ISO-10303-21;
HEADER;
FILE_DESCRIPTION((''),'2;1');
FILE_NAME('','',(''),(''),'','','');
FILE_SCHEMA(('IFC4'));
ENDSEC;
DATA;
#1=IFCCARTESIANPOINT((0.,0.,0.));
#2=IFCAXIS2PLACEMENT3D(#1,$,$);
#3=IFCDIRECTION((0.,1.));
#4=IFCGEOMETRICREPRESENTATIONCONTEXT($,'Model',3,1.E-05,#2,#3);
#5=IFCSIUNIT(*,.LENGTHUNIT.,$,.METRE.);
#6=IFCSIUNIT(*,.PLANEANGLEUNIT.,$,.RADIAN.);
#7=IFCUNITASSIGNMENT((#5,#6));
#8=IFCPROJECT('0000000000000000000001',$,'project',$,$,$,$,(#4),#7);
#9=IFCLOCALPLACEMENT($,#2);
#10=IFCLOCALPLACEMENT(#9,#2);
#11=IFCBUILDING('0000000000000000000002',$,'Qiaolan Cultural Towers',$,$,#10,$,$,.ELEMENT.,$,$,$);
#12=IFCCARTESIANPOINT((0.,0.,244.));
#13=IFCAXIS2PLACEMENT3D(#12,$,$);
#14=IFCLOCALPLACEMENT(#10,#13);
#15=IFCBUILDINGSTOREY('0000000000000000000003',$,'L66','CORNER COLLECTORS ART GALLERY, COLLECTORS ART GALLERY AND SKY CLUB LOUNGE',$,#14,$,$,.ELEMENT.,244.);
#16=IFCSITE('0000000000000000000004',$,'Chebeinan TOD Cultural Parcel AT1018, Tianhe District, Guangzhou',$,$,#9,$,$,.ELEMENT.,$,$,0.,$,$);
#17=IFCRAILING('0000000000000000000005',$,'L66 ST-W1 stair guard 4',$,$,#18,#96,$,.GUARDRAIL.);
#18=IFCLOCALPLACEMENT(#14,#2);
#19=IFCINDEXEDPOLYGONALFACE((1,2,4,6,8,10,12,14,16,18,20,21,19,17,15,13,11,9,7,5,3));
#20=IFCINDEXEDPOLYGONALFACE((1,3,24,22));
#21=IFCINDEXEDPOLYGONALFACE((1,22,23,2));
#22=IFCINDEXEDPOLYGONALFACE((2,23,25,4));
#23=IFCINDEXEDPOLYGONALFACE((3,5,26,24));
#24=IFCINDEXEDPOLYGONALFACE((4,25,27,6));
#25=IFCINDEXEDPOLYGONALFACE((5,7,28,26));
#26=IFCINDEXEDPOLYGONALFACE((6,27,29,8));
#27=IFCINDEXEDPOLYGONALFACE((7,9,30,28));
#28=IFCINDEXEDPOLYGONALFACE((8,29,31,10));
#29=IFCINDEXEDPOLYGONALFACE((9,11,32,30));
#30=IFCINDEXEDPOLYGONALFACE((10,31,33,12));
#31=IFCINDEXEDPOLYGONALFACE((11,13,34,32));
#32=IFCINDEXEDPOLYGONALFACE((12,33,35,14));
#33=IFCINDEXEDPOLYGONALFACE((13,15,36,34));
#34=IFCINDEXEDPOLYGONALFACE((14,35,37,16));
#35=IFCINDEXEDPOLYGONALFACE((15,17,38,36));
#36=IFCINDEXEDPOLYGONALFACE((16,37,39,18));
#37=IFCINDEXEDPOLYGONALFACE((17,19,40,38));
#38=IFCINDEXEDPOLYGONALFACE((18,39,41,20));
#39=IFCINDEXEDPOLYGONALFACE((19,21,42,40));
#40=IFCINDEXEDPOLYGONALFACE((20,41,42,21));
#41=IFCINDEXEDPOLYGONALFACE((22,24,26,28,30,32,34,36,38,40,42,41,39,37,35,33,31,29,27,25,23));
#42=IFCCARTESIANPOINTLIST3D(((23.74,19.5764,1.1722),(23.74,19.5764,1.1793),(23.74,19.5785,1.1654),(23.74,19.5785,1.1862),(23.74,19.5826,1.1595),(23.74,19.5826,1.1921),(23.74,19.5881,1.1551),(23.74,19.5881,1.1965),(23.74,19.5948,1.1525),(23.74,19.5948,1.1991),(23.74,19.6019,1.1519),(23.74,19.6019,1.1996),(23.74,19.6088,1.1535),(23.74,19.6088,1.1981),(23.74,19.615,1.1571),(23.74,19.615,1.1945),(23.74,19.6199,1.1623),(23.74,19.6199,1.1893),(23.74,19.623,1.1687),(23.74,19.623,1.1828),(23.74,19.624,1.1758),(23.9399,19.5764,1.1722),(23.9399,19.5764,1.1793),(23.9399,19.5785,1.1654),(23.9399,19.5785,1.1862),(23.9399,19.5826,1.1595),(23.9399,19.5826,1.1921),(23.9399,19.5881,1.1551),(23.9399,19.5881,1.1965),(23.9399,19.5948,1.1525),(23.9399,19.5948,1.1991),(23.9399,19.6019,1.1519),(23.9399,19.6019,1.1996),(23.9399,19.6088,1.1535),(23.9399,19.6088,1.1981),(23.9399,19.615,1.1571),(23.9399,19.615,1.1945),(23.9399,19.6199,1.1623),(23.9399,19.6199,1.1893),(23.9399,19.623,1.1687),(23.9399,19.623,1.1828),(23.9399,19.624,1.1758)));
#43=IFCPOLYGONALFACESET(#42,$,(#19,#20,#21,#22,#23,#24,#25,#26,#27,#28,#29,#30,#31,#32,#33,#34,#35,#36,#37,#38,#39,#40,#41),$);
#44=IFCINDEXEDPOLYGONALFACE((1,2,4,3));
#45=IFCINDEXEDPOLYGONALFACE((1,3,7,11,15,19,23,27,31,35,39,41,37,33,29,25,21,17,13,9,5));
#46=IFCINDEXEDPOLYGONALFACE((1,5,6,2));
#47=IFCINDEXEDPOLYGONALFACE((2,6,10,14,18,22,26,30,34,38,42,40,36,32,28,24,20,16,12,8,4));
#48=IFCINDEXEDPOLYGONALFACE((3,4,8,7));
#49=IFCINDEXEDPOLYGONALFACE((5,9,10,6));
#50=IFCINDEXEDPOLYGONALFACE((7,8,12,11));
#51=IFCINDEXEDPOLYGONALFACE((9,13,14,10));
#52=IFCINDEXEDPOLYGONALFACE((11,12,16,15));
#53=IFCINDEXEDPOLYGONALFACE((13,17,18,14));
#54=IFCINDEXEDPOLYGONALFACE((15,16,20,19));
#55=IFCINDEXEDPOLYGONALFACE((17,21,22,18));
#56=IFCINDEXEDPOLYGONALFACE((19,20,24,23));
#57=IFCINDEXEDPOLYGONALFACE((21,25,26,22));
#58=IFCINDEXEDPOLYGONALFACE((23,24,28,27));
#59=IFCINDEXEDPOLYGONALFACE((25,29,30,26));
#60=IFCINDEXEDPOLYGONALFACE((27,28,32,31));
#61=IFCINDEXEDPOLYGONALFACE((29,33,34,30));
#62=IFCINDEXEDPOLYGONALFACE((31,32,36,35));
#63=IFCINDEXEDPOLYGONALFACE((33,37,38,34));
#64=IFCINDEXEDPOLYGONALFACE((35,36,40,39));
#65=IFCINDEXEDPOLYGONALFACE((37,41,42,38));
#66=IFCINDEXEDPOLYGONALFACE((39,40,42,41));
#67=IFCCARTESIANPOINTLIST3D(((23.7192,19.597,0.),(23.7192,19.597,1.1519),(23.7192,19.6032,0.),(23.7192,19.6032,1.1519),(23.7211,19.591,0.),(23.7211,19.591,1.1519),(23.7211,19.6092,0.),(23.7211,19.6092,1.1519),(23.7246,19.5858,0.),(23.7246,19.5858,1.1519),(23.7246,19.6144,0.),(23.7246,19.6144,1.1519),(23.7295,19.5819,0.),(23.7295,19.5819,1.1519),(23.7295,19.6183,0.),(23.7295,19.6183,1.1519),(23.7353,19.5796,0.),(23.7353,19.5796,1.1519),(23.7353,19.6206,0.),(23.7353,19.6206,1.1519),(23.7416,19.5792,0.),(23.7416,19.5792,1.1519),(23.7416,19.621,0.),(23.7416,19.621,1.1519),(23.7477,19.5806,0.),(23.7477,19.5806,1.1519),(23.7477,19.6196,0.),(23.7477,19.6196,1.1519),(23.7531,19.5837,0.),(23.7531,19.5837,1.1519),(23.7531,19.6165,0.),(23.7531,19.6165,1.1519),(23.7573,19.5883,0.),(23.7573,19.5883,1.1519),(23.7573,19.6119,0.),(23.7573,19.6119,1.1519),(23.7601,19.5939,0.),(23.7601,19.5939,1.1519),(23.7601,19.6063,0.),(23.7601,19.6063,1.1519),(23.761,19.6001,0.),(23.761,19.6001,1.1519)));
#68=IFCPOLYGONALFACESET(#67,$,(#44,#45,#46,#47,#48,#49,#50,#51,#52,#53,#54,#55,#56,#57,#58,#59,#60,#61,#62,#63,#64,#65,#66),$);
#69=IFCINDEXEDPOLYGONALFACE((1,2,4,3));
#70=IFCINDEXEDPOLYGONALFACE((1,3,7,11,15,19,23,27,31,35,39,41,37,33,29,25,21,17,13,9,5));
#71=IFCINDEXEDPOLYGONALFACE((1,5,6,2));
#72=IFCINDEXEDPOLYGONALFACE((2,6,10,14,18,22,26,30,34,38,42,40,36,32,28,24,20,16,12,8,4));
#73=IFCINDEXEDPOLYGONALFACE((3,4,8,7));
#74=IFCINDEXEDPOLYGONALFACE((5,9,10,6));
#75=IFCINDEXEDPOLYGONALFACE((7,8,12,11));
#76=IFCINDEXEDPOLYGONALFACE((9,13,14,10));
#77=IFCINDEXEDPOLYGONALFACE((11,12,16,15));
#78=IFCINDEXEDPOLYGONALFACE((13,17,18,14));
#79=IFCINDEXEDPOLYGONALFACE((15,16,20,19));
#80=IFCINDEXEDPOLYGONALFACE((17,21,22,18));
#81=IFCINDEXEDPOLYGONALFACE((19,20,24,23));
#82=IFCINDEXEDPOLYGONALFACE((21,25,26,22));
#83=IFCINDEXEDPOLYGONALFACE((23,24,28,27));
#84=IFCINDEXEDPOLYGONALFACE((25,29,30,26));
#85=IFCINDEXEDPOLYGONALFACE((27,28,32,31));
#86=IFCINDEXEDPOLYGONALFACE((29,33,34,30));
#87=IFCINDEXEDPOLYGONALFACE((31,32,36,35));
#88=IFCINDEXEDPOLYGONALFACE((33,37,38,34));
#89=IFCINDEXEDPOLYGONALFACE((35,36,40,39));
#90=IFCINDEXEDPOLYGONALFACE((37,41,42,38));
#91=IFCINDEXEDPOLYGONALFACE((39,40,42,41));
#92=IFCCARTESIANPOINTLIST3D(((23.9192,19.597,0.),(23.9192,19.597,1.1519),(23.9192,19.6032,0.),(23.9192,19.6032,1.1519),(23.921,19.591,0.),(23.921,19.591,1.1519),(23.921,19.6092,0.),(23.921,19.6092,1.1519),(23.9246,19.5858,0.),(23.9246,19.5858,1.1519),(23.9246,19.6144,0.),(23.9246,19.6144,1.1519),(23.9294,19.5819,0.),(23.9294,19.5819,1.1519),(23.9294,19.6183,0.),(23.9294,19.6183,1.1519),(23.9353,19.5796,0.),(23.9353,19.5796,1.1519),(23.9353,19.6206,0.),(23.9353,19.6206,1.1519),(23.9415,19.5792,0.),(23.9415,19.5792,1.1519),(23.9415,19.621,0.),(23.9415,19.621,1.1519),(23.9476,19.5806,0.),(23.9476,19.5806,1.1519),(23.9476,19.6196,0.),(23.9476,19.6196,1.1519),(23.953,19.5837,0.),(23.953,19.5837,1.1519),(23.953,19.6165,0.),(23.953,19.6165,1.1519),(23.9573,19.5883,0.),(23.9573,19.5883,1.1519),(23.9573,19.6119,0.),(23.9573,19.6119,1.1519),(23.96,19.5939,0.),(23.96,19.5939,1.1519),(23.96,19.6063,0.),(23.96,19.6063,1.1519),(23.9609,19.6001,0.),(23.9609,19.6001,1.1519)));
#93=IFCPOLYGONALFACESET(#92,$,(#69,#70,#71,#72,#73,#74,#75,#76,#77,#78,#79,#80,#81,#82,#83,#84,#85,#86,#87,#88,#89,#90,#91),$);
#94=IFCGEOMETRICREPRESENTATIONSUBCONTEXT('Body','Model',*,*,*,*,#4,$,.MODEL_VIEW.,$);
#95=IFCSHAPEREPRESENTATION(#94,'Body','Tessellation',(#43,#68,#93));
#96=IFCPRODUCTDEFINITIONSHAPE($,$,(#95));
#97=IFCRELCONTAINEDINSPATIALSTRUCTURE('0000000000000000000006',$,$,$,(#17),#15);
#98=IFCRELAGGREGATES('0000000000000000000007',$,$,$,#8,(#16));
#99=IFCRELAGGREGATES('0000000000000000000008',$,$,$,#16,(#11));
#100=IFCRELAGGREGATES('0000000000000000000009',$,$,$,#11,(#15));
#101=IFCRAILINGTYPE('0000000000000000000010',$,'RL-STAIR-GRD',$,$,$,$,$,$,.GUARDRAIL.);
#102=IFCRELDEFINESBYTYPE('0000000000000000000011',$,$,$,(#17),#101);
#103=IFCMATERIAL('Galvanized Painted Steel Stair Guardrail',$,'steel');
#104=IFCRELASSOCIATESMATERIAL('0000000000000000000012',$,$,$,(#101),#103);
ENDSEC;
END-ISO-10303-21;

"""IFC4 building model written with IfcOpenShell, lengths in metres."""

from ifc_helpers import new_model, si_unit, direction, frame, origin, origin_2d, place, context, subcontext, project, spatial, circle, extrude, material, type_object, element, save


model = new_model("IFC4")

# Units and contexts
model_context = context("Model", 3, precision=1e-05, world=origin(), true_north=direction((0.0, 1.0)))
body_context = subcontext(model_context, "Body", "Model", "MODEL_VIEW")
ifc_project = project(units=[si_unit("LENGTHUNIT", "METRE"), si_unit("PLANEANGLEUNIT", "RADIAN")], contexts=[model_context])

# Site, building, storey
site_placement = place(None, origin())
site = spatial("IfcSite", under=ifc_project, at=site_placement, Name="Chebeinan TOD Cultural Parcel AT1018, Tianhe District, Guangzhou", CompositionType="ELEMENT", RefElevation=0.0)
building_placement = place(site_placement, origin())
building = spatial("IfcBuilding", under=site, at=building_placement, Name="Qiaolan Cultural Towers", CompositionType="ELEMENT")
storey_placement = place(building_placement, frame((0.0, 0.0, 244.0)))
storey = spatial("IfcBuildingStorey", under=building, at=storey_placement, Name="L66", Description="CORNER COLLECTORS ART GALLERY, COLLECTORS ART GALLERY AND SKY CLUB LOUNGE", CompositionType="ELEMENT", Elevation=244.0)

# Railing
ifc_material_1 = material(Name="Galvanized Painted Steel Stair Guardrail", Category="steel")
railing_type_1 = type_object("IfcRailingType", Name="RL-STAIR-GRD", PredefinedType="GUARDRAIL", material=ifc_material_1)
railing_1_placement = place(storey_placement, frame((23.74, 19.6001, 0.0)))
element("IfcRailing", 1, at=railing_1_placement, inside=storey, type_object=railing_type_1, Name="L66 ST-W1 stair guard 4", PredefinedType="GUARDRAIL", context=body_context, shape_type="SweptSolid", body=[
    extrude(circle(Radius=0.0239, at=origin_2d()), frame((0.0, 0.0, 1.1758), z_axis=(1.0, 0.0, 0.0), x_axis=(0.0, 1.0, 0.0)), (0.0, 0.0, 1.0), 0.2),
    extrude(circle(Radius=0.021, at=origin_2d()), origin(), (0.0, 0.0, 1.0), 1.1519),
    extrude(circle(Radius=0.021, at=origin_2d()), frame((0.2, 0.0, 0.0)), (0.0, 0.0, 1.0), 1.1519),
])

save(model, "model.ifc")
